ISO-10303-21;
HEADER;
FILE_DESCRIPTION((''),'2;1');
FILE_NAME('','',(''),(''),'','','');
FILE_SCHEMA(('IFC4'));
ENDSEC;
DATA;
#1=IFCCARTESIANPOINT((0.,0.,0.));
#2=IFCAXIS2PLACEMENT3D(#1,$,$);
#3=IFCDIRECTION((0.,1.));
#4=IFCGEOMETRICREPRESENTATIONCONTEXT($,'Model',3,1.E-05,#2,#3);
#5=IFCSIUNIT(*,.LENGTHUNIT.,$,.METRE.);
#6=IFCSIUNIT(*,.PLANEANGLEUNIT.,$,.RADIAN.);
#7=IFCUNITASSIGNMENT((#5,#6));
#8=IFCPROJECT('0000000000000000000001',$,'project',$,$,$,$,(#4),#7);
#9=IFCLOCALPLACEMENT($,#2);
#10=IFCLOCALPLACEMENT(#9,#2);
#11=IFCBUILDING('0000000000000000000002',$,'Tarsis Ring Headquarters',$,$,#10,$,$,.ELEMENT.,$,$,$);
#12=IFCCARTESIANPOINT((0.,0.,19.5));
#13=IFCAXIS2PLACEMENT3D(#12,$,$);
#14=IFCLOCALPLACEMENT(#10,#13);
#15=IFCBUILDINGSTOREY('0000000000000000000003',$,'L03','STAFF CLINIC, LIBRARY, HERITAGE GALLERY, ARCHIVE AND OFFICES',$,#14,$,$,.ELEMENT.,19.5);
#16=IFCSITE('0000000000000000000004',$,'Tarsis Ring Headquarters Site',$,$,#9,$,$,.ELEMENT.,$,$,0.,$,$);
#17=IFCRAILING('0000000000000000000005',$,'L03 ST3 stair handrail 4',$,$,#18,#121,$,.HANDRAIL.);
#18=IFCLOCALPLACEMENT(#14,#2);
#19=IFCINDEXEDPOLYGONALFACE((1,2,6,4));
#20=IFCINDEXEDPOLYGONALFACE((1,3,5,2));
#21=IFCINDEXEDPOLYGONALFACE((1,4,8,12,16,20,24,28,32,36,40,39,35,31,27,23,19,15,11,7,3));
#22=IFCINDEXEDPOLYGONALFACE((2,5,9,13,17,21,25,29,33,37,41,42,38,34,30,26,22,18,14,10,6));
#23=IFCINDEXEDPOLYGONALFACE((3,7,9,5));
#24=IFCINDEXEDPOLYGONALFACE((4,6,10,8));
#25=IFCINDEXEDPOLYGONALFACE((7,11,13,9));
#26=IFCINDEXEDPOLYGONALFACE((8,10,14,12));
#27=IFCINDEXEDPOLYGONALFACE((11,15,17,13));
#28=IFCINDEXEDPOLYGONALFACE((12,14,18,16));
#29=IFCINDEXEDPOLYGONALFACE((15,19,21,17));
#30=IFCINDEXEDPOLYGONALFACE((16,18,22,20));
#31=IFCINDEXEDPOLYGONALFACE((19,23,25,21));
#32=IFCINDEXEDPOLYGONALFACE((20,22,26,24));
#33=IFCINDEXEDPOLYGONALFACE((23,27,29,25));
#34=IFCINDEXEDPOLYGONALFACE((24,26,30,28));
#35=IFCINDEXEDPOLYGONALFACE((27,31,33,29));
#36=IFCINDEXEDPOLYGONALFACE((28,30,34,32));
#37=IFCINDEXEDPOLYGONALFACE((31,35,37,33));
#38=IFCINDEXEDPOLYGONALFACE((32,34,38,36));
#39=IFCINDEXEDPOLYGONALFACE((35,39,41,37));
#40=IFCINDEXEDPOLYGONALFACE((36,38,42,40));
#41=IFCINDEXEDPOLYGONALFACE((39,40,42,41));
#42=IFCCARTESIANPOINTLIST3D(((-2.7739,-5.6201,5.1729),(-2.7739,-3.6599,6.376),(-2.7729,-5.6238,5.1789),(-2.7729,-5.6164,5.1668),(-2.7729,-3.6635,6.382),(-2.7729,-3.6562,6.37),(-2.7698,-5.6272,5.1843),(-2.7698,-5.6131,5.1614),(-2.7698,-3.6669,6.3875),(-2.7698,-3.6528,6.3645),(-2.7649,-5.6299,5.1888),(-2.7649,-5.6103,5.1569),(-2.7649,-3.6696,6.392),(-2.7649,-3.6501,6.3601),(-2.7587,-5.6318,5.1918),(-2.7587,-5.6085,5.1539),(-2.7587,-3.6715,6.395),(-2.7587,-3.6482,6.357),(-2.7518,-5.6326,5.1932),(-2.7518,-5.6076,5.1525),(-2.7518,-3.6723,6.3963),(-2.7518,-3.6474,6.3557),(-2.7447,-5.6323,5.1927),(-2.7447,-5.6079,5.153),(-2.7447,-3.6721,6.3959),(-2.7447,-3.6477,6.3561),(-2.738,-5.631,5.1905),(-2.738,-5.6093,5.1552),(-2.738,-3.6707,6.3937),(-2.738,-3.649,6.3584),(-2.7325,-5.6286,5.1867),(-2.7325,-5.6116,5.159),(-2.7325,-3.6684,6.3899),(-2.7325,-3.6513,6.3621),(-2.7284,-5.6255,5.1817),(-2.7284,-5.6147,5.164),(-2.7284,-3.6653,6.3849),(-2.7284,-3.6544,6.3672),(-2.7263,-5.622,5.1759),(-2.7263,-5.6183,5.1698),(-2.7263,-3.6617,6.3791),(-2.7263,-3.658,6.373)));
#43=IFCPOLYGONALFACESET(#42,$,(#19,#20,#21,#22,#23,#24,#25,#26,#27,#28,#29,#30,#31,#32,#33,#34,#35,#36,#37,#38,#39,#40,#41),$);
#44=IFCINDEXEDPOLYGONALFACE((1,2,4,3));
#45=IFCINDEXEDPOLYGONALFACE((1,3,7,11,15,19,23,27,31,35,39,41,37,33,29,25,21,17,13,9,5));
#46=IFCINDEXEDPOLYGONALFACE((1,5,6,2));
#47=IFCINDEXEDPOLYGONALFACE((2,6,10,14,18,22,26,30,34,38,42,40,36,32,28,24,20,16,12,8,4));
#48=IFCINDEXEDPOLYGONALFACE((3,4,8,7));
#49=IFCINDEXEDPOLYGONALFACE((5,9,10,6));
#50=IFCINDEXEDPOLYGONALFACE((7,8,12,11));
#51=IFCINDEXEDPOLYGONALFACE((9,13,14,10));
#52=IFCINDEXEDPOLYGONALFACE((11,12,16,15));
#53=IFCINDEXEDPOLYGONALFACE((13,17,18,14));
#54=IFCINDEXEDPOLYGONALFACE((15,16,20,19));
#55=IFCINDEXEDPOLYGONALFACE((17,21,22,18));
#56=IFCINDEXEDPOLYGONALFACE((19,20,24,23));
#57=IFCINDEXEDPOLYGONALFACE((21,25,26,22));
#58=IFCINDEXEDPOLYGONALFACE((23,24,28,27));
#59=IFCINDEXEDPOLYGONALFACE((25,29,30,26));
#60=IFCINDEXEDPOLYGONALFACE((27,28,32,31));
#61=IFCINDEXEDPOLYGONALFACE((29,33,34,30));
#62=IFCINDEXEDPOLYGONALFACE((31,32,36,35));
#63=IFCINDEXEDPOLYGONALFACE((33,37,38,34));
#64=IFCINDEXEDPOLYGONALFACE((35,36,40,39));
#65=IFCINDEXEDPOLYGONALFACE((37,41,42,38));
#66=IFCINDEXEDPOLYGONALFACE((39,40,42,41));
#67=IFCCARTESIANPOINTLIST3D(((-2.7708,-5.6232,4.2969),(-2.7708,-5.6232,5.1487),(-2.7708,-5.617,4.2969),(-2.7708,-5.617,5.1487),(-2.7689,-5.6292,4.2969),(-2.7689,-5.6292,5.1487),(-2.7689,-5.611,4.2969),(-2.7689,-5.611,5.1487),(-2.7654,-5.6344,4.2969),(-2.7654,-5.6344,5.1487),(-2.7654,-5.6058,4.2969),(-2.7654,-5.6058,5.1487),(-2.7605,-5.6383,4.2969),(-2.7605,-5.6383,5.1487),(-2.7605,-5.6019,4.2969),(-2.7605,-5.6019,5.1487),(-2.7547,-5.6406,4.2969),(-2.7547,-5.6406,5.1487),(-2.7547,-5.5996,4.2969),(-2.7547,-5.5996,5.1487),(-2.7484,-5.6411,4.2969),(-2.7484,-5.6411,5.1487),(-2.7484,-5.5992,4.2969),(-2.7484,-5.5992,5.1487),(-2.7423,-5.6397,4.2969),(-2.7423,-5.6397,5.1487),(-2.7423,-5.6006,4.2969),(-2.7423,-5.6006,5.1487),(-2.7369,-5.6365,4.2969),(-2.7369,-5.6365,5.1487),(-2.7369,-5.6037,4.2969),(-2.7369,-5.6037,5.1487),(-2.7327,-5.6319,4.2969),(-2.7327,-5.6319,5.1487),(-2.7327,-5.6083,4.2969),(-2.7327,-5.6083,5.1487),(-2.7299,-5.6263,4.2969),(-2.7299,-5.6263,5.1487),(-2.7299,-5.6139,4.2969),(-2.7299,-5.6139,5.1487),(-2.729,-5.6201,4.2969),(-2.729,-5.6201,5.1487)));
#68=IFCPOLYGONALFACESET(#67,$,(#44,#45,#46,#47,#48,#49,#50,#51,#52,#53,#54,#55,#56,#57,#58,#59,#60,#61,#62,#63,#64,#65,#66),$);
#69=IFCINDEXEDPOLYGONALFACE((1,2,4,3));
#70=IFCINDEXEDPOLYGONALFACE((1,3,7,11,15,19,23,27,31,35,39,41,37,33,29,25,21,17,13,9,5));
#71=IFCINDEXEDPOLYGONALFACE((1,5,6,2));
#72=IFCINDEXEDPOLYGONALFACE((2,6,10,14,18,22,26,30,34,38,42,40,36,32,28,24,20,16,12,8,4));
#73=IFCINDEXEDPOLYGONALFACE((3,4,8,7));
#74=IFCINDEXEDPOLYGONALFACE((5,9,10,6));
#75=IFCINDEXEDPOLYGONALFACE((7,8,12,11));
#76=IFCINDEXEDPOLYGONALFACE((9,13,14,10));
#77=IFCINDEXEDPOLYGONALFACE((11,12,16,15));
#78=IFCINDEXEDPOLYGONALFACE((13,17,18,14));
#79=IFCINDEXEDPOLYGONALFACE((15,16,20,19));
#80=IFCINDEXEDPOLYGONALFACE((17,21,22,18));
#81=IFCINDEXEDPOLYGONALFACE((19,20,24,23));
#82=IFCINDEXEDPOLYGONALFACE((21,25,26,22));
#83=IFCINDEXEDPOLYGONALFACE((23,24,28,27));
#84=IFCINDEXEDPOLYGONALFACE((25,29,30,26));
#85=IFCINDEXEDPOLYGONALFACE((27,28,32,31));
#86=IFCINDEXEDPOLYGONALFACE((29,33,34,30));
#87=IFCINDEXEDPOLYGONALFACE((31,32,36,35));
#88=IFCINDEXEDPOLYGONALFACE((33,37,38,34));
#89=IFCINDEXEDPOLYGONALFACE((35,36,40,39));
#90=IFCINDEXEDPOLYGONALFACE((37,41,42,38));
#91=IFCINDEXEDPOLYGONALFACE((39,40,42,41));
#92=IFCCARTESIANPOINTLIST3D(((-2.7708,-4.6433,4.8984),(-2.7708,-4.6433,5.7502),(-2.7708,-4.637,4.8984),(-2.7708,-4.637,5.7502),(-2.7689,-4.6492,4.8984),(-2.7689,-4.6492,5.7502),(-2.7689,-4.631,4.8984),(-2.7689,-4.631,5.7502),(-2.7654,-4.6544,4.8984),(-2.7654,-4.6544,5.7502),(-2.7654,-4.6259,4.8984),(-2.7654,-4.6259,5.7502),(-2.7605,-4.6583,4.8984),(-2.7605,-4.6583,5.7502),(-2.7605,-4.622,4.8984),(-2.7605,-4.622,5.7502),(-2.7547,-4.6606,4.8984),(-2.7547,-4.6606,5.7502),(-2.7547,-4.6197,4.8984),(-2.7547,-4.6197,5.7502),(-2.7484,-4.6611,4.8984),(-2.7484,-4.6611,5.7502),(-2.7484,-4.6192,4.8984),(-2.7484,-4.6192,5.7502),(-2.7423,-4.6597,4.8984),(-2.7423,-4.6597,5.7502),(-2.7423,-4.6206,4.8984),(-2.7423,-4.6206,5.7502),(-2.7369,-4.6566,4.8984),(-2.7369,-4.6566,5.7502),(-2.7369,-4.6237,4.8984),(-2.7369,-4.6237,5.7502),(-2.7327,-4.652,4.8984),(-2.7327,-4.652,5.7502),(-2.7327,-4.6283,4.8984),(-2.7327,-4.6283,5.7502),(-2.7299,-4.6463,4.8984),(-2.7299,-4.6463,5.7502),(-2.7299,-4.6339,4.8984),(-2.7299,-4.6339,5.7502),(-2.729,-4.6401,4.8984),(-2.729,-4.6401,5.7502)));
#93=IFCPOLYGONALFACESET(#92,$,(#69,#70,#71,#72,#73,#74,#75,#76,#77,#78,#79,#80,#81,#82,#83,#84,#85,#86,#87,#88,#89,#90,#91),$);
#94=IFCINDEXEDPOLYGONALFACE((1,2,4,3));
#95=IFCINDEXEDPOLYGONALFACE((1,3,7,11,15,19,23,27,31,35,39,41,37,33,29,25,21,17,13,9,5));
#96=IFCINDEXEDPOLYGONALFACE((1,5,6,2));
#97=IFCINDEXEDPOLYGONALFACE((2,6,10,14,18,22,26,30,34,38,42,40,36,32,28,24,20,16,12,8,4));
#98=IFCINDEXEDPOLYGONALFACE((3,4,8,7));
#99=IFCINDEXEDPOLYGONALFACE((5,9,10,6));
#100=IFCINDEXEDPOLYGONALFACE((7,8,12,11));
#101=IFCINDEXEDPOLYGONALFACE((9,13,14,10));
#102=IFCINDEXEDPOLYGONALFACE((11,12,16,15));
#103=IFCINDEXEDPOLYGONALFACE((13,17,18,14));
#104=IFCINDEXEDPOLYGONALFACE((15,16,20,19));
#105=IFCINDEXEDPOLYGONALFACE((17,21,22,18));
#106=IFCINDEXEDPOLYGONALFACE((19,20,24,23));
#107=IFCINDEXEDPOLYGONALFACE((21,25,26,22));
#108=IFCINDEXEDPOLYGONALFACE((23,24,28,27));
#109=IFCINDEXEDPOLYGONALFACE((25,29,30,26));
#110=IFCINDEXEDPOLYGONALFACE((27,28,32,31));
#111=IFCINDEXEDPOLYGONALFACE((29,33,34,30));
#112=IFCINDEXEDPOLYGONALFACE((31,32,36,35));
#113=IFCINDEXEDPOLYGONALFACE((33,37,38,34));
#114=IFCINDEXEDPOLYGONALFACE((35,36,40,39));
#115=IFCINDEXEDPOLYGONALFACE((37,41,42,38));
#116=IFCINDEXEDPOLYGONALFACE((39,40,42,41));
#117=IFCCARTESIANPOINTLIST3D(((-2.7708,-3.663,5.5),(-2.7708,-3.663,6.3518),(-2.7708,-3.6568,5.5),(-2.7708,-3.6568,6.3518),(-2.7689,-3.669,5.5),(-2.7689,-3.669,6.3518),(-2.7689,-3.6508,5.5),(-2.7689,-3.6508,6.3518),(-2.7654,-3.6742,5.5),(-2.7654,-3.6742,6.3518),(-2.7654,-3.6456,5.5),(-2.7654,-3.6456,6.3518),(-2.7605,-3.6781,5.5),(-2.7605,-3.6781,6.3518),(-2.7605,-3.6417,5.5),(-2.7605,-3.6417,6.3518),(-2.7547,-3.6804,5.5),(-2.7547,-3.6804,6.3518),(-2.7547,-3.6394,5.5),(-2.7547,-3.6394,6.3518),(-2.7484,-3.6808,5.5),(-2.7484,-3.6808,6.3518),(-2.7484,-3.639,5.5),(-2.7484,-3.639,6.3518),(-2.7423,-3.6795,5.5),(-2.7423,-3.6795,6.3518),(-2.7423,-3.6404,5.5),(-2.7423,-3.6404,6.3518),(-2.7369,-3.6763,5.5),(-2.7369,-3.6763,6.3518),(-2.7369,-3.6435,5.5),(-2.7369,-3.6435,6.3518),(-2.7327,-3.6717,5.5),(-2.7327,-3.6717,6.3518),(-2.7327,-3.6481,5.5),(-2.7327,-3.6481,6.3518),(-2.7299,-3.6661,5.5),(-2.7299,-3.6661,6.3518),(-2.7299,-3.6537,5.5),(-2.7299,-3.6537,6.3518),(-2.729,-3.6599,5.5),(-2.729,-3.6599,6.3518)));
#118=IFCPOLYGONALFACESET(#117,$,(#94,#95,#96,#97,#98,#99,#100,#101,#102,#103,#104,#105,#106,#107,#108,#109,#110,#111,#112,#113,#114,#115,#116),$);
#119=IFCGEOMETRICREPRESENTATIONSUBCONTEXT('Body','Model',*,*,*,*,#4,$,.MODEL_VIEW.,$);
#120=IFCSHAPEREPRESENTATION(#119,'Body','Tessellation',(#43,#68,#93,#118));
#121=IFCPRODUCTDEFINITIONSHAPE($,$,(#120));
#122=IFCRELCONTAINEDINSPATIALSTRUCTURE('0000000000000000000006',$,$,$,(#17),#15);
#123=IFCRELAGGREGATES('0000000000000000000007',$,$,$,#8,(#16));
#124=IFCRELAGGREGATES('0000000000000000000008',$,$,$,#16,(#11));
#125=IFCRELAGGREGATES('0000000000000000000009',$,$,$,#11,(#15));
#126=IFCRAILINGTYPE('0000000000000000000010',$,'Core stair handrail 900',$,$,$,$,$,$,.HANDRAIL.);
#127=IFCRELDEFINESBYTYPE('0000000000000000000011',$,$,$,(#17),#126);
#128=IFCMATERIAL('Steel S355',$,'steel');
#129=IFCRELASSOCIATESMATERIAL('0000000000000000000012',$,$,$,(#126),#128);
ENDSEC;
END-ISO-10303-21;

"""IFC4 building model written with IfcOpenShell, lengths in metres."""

from ifc_helpers import new_model, si_unit, direction, frame, origin, origin_2d, place, context, subcontext, project, spatial, circle, extrude, material, type_object, element, save


model = new_model("IFC4")

# Units and contexts
model_context = context("Model", 3, precision=1e-05, world=origin(), true_north=direction((0.0, 1.0)))
body_context = subcontext(model_context, "Body", "Model", "MODEL_VIEW")
ifc_project = project(units=[si_unit("LENGTHUNIT", "METRE"), si_unit("PLANEANGLEUNIT", "RADIAN")], contexts=[model_context])

# Site, building, storey
site_placement = place(None, origin())
site = spatial("IfcSite", under=ifc_project, at=site_placement, Name="Tarsis Ring Headquarters Site", CompositionType="ELEMENT", RefElevation=0.0)
building_placement = place(site_placement, origin())
building = spatial("IfcBuilding", under=site, at=building_placement, Name="Tarsis Ring Headquarters", CompositionType="ELEMENT")
storey_placement = place(building_placement, frame((0.0, 0.0, 19.5)))
storey = spatial("IfcBuildingStorey", under=building, at=storey_placement, Name="L03", Description="STAFF CLINIC, LIBRARY, HERITAGE GALLERY, ARCHIVE AND OFFICES", CompositionType="ELEMENT", Elevation=19.5)

# Shared definitions
ifc_material_1 = material(Name="Steel S355", Category="steel")

# Railing
railing_type_1 = type_object("IfcRailingType", Name="Core stair handrail 900", PredefinedType="HANDRAIL", material=ifc_material_1)
railing_1_placement = place(storey_placement, frame((-2.75, -5.6201, 4.2969)))
element("IfcRailing", 1, at=railing_1_placement, inside=storey, type_object=railing_type_1, Name="L03 ST3 stair handrail 4", PredefinedType="HANDRAIL", context=body_context, shape_type="SweptSolid", body=[
    extrude(circle(Radius=0.0239, at=origin_2d()), frame((0.0, 0.0, 0.876), z_axis=(0.0, 0.85227, 0.523102), x_axis=(-1.0, 0.0, 0.0)), (0.0, 0.0, 1.0), 2.3),
    extrude(circle(Radius=0.021, at=origin_2d()), origin(), (0.0, 0.0, 1.0), 0.8518),
    extrude(circle(Radius=0.021, at=origin_2d()), frame((0.0, 0.98, 0.6016)), (0.0, 0.0, 1.0), 0.8518),
    extrude(circle(Radius=0.021, at=origin_2d()), frame((0.0, 1.9602, 1.2031)), (0.0, 0.0, 1.0), 0.8518),
])

save(model, "model.ifc")
